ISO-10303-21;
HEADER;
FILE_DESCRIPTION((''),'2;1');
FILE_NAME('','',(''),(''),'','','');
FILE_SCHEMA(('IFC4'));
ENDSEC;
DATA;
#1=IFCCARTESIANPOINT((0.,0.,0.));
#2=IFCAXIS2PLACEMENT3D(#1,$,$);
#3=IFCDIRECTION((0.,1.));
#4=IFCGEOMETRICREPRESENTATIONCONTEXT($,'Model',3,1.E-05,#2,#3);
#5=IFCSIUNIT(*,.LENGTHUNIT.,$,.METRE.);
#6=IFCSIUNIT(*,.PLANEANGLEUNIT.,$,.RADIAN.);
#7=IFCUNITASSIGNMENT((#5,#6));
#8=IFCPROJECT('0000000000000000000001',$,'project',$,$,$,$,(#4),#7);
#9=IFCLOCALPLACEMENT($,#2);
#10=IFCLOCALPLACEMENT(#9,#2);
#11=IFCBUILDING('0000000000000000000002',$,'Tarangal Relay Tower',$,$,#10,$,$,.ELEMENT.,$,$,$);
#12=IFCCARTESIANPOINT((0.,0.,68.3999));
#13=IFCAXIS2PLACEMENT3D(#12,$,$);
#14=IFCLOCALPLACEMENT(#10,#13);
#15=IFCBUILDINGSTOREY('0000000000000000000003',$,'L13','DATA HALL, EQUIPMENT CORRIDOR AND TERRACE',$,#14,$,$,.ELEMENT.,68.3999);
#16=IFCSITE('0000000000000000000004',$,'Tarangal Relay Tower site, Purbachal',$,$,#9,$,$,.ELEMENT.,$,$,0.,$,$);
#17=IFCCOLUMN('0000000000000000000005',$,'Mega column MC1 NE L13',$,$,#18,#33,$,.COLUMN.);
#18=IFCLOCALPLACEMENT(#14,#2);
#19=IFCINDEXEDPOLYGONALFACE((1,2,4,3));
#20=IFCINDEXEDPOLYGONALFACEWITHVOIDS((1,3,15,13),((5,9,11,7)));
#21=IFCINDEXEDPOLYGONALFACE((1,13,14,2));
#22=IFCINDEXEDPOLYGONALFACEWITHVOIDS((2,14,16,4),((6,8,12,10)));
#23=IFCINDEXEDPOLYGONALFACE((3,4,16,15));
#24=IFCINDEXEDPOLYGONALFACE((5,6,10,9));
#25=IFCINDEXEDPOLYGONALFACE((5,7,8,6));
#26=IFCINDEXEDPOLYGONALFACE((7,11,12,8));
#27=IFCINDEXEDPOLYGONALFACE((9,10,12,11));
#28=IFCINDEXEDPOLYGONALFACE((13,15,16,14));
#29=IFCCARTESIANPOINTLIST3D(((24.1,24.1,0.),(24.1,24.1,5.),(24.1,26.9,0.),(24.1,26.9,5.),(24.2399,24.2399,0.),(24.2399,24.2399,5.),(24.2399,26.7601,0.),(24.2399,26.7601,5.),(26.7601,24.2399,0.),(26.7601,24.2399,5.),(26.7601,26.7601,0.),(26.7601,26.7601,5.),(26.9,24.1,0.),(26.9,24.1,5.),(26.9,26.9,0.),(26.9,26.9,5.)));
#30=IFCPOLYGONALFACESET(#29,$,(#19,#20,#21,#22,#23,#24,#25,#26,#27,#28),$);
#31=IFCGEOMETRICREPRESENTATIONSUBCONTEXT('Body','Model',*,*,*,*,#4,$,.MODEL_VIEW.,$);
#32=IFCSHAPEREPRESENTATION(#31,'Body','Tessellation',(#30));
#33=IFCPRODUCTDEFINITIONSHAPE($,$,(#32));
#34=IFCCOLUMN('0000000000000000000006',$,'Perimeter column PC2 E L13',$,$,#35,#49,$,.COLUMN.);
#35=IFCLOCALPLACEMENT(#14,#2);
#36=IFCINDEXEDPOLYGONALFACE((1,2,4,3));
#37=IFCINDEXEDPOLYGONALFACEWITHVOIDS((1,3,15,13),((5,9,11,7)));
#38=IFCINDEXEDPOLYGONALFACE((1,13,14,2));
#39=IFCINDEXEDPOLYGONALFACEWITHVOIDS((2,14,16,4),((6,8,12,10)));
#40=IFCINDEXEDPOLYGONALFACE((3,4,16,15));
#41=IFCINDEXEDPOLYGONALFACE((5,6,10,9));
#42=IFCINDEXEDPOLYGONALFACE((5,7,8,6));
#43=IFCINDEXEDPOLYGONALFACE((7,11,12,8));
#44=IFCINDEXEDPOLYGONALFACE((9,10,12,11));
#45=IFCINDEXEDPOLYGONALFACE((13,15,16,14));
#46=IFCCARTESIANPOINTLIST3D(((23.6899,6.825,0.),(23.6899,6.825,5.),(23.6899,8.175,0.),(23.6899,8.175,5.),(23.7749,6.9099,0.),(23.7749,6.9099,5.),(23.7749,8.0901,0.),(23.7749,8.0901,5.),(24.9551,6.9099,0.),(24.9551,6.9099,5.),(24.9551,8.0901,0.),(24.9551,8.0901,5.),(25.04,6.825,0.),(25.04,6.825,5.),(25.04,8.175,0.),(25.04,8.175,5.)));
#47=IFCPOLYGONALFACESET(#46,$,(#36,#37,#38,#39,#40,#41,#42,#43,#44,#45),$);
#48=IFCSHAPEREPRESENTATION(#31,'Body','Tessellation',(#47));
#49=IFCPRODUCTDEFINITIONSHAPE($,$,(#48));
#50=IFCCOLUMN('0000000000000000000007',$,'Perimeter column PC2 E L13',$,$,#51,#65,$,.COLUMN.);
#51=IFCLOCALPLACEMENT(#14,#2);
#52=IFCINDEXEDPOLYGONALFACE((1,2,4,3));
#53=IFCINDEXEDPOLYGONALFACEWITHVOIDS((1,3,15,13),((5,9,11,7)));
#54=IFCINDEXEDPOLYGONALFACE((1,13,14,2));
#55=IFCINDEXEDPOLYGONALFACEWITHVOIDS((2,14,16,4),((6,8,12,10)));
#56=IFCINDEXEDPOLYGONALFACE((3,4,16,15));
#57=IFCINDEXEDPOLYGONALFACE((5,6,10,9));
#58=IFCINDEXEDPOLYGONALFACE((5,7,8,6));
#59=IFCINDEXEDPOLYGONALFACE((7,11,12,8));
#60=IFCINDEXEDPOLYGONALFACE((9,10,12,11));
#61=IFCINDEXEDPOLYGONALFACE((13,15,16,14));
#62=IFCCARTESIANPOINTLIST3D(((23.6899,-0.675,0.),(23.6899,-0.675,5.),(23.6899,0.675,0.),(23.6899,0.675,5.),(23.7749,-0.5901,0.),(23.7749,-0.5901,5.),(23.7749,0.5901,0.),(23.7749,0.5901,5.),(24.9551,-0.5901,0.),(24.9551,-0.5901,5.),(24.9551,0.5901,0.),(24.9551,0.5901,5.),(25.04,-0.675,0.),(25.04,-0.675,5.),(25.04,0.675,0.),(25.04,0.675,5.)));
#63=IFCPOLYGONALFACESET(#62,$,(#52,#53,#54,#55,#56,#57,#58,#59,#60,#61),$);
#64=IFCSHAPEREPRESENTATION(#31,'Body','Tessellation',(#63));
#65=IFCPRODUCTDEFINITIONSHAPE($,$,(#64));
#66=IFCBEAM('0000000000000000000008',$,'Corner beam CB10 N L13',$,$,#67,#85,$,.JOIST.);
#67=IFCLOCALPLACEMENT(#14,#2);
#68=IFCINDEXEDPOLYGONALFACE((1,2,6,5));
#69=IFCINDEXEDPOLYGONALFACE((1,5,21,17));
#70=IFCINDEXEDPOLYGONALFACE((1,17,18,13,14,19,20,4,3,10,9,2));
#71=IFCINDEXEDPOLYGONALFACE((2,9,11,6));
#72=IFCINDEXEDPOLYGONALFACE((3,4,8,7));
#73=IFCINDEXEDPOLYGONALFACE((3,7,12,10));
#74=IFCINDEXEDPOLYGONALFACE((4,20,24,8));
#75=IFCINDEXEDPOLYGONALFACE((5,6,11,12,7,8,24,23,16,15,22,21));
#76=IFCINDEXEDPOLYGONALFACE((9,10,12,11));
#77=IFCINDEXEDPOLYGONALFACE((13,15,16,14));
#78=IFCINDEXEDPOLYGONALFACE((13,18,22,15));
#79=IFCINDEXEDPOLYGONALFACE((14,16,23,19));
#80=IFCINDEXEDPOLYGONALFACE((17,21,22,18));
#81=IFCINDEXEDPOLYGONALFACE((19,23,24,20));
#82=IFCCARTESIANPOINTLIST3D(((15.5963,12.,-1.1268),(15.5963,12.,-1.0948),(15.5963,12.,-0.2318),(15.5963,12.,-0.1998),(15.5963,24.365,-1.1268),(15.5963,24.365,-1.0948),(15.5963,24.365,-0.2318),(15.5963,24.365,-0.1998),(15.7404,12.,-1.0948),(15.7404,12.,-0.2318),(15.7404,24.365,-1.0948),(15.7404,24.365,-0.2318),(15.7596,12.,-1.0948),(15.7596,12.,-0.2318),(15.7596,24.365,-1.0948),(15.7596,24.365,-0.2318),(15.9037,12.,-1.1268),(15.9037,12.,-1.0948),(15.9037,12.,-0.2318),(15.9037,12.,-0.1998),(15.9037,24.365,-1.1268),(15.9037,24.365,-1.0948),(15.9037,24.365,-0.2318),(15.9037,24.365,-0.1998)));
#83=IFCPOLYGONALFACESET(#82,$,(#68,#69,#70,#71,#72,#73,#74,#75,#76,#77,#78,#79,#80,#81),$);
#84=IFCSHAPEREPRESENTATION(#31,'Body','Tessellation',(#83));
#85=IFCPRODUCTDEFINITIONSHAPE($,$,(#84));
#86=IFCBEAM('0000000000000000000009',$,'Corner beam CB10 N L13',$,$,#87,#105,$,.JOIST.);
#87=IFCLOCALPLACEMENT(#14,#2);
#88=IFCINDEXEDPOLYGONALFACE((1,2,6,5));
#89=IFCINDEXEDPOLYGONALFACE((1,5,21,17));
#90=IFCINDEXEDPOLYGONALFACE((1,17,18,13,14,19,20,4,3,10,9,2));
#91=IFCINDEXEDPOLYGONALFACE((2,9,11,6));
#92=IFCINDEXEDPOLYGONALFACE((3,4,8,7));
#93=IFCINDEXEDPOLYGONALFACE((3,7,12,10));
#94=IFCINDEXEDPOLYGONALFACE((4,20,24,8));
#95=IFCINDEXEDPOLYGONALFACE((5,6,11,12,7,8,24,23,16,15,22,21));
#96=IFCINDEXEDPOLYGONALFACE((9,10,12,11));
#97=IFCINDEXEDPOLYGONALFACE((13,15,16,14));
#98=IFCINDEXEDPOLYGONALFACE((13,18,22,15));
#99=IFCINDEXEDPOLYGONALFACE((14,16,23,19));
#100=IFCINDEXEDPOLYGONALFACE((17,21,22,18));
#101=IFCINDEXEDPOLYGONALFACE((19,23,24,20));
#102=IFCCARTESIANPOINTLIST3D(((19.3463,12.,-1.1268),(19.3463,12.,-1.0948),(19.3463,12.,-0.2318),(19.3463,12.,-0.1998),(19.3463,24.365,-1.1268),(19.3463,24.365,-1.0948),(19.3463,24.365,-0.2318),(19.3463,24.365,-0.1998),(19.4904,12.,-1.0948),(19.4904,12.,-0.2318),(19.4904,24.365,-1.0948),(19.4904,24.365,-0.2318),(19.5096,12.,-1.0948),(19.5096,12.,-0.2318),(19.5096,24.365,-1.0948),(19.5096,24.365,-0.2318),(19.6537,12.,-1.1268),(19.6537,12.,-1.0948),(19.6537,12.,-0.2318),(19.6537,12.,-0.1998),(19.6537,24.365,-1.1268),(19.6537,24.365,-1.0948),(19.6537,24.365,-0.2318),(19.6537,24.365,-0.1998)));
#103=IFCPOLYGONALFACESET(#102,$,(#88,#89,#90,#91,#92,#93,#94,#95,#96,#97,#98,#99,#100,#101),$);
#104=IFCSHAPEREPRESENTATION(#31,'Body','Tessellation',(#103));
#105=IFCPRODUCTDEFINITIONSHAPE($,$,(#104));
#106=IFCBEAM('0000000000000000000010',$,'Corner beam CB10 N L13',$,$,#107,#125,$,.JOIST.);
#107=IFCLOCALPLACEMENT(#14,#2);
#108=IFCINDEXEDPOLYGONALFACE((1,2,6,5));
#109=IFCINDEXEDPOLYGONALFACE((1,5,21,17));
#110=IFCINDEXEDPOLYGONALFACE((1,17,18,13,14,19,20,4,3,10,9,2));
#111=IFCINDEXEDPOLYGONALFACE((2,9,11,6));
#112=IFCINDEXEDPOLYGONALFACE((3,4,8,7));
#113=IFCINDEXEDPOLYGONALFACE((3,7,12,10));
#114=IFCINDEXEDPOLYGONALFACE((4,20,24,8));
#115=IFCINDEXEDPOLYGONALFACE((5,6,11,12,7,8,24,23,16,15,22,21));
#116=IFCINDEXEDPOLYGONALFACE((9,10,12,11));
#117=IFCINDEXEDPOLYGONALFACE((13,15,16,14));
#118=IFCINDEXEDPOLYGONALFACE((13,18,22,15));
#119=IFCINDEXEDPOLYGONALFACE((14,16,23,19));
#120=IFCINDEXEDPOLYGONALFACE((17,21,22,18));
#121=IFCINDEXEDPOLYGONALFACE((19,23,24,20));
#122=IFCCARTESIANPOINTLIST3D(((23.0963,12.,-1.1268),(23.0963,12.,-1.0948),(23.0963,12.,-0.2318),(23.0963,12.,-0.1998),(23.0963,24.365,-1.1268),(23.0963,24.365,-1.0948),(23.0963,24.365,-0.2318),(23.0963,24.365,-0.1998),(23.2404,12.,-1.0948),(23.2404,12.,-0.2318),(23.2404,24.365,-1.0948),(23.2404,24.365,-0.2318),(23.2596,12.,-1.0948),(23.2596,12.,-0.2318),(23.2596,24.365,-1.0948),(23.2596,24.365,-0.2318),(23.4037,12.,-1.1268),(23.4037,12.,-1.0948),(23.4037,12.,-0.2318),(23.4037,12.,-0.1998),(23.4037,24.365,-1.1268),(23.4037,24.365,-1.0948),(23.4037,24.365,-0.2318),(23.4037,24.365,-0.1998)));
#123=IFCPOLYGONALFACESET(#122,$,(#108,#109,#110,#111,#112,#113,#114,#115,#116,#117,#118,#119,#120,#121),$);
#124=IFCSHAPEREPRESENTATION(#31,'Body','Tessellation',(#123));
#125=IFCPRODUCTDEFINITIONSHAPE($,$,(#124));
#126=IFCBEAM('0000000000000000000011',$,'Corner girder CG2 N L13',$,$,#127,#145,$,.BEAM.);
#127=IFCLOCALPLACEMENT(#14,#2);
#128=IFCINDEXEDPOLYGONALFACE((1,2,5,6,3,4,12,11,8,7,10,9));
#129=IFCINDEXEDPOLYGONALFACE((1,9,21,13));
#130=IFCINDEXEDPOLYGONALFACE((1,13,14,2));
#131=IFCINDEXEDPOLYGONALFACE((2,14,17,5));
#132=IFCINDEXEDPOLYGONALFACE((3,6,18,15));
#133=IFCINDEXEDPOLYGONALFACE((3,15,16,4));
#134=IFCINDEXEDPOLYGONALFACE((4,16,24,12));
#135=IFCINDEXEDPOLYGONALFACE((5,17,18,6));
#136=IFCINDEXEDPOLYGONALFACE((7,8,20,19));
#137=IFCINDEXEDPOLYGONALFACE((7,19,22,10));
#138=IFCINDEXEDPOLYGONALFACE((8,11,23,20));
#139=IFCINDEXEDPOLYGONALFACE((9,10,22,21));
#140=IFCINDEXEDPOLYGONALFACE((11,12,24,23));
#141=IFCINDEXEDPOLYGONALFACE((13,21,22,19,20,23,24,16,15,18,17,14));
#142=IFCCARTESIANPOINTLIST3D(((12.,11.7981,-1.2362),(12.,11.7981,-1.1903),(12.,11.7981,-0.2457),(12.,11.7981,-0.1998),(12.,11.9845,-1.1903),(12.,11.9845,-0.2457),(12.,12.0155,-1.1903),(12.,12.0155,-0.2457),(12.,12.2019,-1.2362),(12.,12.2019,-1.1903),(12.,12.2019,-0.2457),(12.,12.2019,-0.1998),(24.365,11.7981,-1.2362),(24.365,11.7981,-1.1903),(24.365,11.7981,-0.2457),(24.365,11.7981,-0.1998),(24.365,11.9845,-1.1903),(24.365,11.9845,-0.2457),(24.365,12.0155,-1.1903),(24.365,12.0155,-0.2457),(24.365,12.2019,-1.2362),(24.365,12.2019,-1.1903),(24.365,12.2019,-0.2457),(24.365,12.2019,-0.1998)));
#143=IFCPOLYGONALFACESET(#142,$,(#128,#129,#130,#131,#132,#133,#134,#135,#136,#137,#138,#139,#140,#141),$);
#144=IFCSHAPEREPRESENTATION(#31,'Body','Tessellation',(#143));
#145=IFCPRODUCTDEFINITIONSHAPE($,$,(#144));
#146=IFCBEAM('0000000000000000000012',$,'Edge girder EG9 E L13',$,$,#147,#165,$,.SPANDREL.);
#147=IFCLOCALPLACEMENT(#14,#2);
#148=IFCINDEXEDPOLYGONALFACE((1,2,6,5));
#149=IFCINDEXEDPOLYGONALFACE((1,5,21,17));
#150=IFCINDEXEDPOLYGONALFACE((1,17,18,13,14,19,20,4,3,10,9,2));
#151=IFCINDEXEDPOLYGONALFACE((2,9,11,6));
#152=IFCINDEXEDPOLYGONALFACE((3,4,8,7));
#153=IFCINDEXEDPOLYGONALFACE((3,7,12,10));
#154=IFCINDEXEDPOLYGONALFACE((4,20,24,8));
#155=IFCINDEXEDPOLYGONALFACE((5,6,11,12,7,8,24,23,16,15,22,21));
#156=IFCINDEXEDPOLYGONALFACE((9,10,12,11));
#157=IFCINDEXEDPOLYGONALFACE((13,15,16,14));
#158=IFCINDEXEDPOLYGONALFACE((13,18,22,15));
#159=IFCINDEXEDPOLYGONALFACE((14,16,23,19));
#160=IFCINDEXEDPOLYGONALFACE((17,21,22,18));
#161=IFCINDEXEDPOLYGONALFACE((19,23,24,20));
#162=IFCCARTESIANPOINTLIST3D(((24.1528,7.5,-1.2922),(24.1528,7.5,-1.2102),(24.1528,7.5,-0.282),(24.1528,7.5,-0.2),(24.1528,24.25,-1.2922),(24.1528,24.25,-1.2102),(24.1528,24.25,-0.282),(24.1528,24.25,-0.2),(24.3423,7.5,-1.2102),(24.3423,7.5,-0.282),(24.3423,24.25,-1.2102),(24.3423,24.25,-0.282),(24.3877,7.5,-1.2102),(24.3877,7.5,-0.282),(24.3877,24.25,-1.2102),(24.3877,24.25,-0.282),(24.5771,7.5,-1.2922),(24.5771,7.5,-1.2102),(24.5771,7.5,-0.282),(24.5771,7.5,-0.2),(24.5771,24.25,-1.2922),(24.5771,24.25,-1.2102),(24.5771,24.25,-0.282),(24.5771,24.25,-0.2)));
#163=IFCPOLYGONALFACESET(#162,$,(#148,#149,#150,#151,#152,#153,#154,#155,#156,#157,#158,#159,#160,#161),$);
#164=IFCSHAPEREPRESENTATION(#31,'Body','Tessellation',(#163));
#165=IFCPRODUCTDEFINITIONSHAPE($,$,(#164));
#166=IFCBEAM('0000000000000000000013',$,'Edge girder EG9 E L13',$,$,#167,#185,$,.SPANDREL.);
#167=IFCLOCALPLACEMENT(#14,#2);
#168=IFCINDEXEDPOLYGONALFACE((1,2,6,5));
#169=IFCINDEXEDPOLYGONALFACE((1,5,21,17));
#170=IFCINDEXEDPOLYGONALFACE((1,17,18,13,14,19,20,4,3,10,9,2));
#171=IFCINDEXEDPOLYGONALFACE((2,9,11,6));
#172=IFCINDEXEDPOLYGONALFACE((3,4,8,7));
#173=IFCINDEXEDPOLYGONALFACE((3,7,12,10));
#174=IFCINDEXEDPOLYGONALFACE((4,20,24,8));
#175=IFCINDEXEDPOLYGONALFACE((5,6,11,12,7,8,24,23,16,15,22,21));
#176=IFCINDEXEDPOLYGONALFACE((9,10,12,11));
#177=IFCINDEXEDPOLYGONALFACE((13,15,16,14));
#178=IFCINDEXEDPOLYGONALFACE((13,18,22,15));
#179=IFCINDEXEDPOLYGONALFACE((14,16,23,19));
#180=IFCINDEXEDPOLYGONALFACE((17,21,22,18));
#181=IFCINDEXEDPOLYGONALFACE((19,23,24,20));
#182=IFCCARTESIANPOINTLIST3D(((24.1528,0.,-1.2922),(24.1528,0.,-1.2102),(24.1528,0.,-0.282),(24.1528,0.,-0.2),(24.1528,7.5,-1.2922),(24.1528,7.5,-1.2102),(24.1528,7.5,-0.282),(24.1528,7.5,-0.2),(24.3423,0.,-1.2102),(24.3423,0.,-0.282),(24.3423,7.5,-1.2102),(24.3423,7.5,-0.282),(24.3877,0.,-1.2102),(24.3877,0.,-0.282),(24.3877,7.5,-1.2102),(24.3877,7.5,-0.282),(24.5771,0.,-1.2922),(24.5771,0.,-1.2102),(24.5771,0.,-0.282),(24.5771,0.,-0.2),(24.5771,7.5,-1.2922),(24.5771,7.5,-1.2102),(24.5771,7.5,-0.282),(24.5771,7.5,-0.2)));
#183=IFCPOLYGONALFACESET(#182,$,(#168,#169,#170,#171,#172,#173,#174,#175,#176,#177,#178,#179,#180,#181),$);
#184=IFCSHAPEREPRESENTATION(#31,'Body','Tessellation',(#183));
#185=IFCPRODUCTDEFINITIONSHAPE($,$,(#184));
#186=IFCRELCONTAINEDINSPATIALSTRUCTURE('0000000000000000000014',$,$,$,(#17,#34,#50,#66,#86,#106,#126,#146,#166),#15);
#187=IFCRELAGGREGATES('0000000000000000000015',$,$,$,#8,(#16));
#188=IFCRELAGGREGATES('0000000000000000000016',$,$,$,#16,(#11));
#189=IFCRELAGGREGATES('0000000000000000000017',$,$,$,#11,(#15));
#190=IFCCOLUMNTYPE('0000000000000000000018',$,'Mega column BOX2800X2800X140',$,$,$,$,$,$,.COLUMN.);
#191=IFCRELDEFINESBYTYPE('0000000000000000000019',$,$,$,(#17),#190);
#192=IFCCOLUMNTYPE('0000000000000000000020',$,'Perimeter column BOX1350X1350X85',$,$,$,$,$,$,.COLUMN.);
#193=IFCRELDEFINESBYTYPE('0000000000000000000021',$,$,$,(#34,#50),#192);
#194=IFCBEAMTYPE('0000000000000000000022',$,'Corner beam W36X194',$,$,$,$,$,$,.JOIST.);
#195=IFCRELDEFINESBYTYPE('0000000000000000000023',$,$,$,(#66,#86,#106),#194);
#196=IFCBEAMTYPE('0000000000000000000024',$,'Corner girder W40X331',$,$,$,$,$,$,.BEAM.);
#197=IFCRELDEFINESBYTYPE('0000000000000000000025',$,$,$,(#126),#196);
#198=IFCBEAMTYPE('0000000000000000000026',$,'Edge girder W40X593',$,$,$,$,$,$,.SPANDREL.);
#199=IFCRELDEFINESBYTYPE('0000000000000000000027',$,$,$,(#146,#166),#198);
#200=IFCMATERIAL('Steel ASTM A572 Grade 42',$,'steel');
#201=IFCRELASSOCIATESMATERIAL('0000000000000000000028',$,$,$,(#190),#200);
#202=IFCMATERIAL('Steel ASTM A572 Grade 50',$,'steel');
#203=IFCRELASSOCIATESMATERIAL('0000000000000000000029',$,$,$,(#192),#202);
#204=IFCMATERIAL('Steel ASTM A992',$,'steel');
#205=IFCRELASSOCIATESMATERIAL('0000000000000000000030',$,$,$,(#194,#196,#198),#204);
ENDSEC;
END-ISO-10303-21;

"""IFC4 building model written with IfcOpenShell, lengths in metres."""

from ifc_helpers import new_model, si_unit, direction, frame, origin, origin_2d, place, context, subcontext, project, spatial, hollow_rectangle, i_section, extrude, material, material_profile, profile_set, type_object, element, save


model = new_model("IFC4")

# Units and contexts
model_context = context("Model", 3, precision=1e-05, world=origin(), true_north=direction((0.0, 1.0)))
body_context = subcontext(model_context, "Body", "Model", "MODEL_VIEW")
ifc_project = project(units=[si_unit("LENGTHUNIT", "METRE"), si_unit("PLANEANGLEUNIT", "RADIAN")], contexts=[model_context])

# Site, building, storey
site_placement = place(None, origin())
site = spatial("IfcSite", under=ifc_project, at=site_placement, Name="Tarangal Relay Tower site, Purbachal", CompositionType="ELEMENT", RefElevation=0.0)
building_placement = place(site_placement, origin())
building = spatial("IfcBuilding", under=site, at=building_placement, Name="Tarangal Relay Tower", CompositionType="ELEMENT")
storey_placement = place(building_placement, frame((0.0, 0.0, 68.3999)))
storey = spatial("IfcBuildingStorey", under=building, at=storey_placement, Name="L13", Description="DATA HALL, EQUIPMENT CORRIDOR AND TERRACE", CompositionType="ELEMENT", Elevation=68.3999)

# Columns
ifc_material_1 = material(Name="Steel ASTM A572 Grade 42", Category="steel")
ifc_material_profile_1 = material_profile(ifc_material_1, hollow_rectangle(XDim=2.8, YDim=2.8, WallThickness=0.1399, at=origin_2d()), Name="BOX2800X2800X140")
ifc_profile_set_1 = profile_set([ifc_material_profile_1], Name="Steel ASTM A572 Grade 42")
column_type_1 = type_object("IfcColumnType", Name="Mega column BOX2800X2800X140", PredefinedType="COLUMN", material=ifc_profile_set_1)
column_placement = place(storey_placement, frame((25.5, 25.5, 0.0), z_axis=(0.0, 0.0, 1.0), x_axis=(1.0, 0.0, 0.0)))
element("IfcColumn", 1, at=column_placement, inside=storey, type_object=column_type_1, Name="Mega column MC1 NE L13", PredefinedType="COLUMN", context=body_context, shape_type="SweptSolid", body=[
    extrude(hollow_rectangle(XDim=2.8, YDim=2.8, WallThickness=0.1399, at=origin_2d()), origin(), (0.0, 0.0, 1.0), 5.0),
])
ifc_material_2 = material(Name="Steel ASTM A572 Grade 50", Category="steel")
ifc_material_profile_2 = material_profile(ifc_material_2, hollow_rectangle(XDim=1.3501, YDim=1.3501, WallThickness=0.085, at=origin_2d()), Name="BOX1350X1350X85")
ifc_profile_set_2 = profile_set([ifc_material_profile_2], Name="Steel ASTM A572 Grade 50")
column_type_2 = type_object("IfcColumnType", Name="Perimeter column BOX1350X1350X85", PredefinedType="COLUMN", material=ifc_profile_set_2)
for number, where, z_axis, x_axis, name in (
    (2, (24.365, 7.5, 0.0), (0.0, 0.0, 1.0), (1.0, 0.0, 0.0), "Perimeter column PC2 E L13"),
    (3, (24.365, 0.0, 0.0), (0.0, 0.0, 1.0), (1.0, 0.0, 0.0), "Perimeter column PC2 E L13"),
):
    element("IfcColumn", number, at=place(storey_placement, frame(where, z_axis=z_axis, x_axis=x_axis)), inside=storey, type_object=column_type_2, Name=name, PredefinedType="COLUMN", context=body_context, shape_type="SweptSolid", body=[
        extrude(hollow_rectangle(XDim=1.3501, YDim=1.3501, WallThickness=0.085, at=origin_2d()), origin(), (0.0, 0.0, 1.0), 5.0),
    ])

# Beams
ifc_material_3 = material(Name="Steel ASTM A992", Category="steel")
ifc_material_profile_3 = material_profile(ifc_material_3, i_section(OverallWidth=0.3074, OverallDepth=0.927, WebThickness=0.0193, FlangeThickness=0.032, at=origin_2d()), Name="W36X194")
ifc_profile_set_3 = profile_set([ifc_material_profile_3], Name="Steel ASTM A992")
beam_type_1 = type_object("IfcBeamType", Name="Corner beam W36X194", PredefinedType="JOIST", material=ifc_profile_set_3)
for number, where, z_axis, x_axis, name in (
    (4, (15.75, 12.0, -0.6633), (0.0, 1.0, 0.0), (-1.0, 0.0, 0.0), "Corner beam CB10 N L13"),
    (5, (19.5, 12.0, -0.6633), (0.0, 1.0, 0.0), (-1.0, 0.0, 0.0), "Corner beam CB10 N L13"),
    (6, (23.25, 12.0, -0.6633), (0.0, 1.0, 0.0), (-1.0, 0.0, 0.0), "Corner beam CB10 N L13"),
):
    element("IfcBeam", number, at=place(storey_placement, frame(where, z_axis=z_axis, x_axis=x_axis)), inside=storey, type_object=beam_type_1, Name=name, PredefinedType="JOIST", context=body_context, shape_type="SweptSolid", body=[
        extrude(i_section(OverallWidth=0.3074, OverallDepth=0.927, WebThickness=0.0193, FlangeThickness=0.032, at=origin_2d()), origin(), (0.0, 0.0, 1.0), 12.365),
    ])
ifc_material_profile_4 = material_profile(ifc_material_3, i_section(OverallWidth=0.4038, OverallDepth=1.0364, WebThickness=0.031, FlangeThickness=0.0459, at=origin_2d()), Name="W40X331")
ifc_profile_set_4 = profile_set([ifc_material_profile_4], Name="Steel ASTM A992")
beam_type_2 = type_object("IfcBeamType", Name="Corner girder W40X331", PredefinedType="BEAM", material=ifc_profile_set_4)
beam_1_placement = place(storey_placement, frame((12.0, 12.0, -0.718), z_axis=(1.0, 0.0, 0.0), x_axis=(0.0, 1.0, 0.0)))
element("IfcBeam", 7, at=beam_1_placement, inside=storey, type_object=beam_type_2, Name="Corner girder CG2 N L13", PredefinedType="BEAM", context=body_context, shape_type="SweptSolid", body=[
    extrude(i_section(OverallWidth=0.4038, OverallDepth=1.0364, WebThickness=0.031, FlangeThickness=0.0459, at=origin_2d()), origin(), (0.0, 0.0, 1.0), 12.365),
])
ifc_material_profile_5 = material_profile(ifc_material_3, i_section(OverallWidth=0.4243, OverallDepth=1.0923, WebThickness=0.0454, FlangeThickness=0.082, at=origin_2d()), Name="W40X593")
ifc_profile_set_5 = profile_set([ifc_material_profile_5], Name="Steel ASTM A992")
beam_type_3 = type_object("IfcBeamType", Name="Edge girder W40X593", PredefinedType="SPANDREL", material=ifc_profile_set_5)
beam_2_placement = place(storey_placement, frame((24.365, 24.25, -0.7461), z_axis=(0.0, -1.0, 0.0), x_axis=(1.0, 0.0, 0.0)))
element("IfcBeam", 8, at=beam_2_placement, inside=storey, type_object=beam_type_3, Name="Edge girder EG9 E L13", PredefinedType="SPANDREL", context=body_context, shape_type="SweptSolid", body=[
    extrude(i_section(OverallWidth=0.4243, OverallDepth=1.0923, WebThickness=0.0454, FlangeThickness=0.082, at=origin_2d()), origin(), (0.0, 0.0, 1.0), 16.75),
])
for number, where, z_axis, x_axis, name in (
    (9, (24.365, 7.5, -0.7461), (0.0, -1.0, 0.0), (1.0, 0.0, 0.0), "Edge girder EG9 E L13"),
):
    element("IfcBeam", number, at=place(storey_placement, frame(where, z_axis=z_axis, x_axis=x_axis)), inside=storey, type_object=beam_type_3, Name=name, PredefinedType="SPANDREL", context=body_context, shape_type="SweptSolid", body=[
        extrude(i_section(OverallWidth=0.4243, OverallDepth=1.0923, WebThickness=0.0454, FlangeThickness=0.082, at=origin_2d()), origin(), (0.0, 0.0, 1.0), 7.5),
    ])

save(model, "model.ifc")
